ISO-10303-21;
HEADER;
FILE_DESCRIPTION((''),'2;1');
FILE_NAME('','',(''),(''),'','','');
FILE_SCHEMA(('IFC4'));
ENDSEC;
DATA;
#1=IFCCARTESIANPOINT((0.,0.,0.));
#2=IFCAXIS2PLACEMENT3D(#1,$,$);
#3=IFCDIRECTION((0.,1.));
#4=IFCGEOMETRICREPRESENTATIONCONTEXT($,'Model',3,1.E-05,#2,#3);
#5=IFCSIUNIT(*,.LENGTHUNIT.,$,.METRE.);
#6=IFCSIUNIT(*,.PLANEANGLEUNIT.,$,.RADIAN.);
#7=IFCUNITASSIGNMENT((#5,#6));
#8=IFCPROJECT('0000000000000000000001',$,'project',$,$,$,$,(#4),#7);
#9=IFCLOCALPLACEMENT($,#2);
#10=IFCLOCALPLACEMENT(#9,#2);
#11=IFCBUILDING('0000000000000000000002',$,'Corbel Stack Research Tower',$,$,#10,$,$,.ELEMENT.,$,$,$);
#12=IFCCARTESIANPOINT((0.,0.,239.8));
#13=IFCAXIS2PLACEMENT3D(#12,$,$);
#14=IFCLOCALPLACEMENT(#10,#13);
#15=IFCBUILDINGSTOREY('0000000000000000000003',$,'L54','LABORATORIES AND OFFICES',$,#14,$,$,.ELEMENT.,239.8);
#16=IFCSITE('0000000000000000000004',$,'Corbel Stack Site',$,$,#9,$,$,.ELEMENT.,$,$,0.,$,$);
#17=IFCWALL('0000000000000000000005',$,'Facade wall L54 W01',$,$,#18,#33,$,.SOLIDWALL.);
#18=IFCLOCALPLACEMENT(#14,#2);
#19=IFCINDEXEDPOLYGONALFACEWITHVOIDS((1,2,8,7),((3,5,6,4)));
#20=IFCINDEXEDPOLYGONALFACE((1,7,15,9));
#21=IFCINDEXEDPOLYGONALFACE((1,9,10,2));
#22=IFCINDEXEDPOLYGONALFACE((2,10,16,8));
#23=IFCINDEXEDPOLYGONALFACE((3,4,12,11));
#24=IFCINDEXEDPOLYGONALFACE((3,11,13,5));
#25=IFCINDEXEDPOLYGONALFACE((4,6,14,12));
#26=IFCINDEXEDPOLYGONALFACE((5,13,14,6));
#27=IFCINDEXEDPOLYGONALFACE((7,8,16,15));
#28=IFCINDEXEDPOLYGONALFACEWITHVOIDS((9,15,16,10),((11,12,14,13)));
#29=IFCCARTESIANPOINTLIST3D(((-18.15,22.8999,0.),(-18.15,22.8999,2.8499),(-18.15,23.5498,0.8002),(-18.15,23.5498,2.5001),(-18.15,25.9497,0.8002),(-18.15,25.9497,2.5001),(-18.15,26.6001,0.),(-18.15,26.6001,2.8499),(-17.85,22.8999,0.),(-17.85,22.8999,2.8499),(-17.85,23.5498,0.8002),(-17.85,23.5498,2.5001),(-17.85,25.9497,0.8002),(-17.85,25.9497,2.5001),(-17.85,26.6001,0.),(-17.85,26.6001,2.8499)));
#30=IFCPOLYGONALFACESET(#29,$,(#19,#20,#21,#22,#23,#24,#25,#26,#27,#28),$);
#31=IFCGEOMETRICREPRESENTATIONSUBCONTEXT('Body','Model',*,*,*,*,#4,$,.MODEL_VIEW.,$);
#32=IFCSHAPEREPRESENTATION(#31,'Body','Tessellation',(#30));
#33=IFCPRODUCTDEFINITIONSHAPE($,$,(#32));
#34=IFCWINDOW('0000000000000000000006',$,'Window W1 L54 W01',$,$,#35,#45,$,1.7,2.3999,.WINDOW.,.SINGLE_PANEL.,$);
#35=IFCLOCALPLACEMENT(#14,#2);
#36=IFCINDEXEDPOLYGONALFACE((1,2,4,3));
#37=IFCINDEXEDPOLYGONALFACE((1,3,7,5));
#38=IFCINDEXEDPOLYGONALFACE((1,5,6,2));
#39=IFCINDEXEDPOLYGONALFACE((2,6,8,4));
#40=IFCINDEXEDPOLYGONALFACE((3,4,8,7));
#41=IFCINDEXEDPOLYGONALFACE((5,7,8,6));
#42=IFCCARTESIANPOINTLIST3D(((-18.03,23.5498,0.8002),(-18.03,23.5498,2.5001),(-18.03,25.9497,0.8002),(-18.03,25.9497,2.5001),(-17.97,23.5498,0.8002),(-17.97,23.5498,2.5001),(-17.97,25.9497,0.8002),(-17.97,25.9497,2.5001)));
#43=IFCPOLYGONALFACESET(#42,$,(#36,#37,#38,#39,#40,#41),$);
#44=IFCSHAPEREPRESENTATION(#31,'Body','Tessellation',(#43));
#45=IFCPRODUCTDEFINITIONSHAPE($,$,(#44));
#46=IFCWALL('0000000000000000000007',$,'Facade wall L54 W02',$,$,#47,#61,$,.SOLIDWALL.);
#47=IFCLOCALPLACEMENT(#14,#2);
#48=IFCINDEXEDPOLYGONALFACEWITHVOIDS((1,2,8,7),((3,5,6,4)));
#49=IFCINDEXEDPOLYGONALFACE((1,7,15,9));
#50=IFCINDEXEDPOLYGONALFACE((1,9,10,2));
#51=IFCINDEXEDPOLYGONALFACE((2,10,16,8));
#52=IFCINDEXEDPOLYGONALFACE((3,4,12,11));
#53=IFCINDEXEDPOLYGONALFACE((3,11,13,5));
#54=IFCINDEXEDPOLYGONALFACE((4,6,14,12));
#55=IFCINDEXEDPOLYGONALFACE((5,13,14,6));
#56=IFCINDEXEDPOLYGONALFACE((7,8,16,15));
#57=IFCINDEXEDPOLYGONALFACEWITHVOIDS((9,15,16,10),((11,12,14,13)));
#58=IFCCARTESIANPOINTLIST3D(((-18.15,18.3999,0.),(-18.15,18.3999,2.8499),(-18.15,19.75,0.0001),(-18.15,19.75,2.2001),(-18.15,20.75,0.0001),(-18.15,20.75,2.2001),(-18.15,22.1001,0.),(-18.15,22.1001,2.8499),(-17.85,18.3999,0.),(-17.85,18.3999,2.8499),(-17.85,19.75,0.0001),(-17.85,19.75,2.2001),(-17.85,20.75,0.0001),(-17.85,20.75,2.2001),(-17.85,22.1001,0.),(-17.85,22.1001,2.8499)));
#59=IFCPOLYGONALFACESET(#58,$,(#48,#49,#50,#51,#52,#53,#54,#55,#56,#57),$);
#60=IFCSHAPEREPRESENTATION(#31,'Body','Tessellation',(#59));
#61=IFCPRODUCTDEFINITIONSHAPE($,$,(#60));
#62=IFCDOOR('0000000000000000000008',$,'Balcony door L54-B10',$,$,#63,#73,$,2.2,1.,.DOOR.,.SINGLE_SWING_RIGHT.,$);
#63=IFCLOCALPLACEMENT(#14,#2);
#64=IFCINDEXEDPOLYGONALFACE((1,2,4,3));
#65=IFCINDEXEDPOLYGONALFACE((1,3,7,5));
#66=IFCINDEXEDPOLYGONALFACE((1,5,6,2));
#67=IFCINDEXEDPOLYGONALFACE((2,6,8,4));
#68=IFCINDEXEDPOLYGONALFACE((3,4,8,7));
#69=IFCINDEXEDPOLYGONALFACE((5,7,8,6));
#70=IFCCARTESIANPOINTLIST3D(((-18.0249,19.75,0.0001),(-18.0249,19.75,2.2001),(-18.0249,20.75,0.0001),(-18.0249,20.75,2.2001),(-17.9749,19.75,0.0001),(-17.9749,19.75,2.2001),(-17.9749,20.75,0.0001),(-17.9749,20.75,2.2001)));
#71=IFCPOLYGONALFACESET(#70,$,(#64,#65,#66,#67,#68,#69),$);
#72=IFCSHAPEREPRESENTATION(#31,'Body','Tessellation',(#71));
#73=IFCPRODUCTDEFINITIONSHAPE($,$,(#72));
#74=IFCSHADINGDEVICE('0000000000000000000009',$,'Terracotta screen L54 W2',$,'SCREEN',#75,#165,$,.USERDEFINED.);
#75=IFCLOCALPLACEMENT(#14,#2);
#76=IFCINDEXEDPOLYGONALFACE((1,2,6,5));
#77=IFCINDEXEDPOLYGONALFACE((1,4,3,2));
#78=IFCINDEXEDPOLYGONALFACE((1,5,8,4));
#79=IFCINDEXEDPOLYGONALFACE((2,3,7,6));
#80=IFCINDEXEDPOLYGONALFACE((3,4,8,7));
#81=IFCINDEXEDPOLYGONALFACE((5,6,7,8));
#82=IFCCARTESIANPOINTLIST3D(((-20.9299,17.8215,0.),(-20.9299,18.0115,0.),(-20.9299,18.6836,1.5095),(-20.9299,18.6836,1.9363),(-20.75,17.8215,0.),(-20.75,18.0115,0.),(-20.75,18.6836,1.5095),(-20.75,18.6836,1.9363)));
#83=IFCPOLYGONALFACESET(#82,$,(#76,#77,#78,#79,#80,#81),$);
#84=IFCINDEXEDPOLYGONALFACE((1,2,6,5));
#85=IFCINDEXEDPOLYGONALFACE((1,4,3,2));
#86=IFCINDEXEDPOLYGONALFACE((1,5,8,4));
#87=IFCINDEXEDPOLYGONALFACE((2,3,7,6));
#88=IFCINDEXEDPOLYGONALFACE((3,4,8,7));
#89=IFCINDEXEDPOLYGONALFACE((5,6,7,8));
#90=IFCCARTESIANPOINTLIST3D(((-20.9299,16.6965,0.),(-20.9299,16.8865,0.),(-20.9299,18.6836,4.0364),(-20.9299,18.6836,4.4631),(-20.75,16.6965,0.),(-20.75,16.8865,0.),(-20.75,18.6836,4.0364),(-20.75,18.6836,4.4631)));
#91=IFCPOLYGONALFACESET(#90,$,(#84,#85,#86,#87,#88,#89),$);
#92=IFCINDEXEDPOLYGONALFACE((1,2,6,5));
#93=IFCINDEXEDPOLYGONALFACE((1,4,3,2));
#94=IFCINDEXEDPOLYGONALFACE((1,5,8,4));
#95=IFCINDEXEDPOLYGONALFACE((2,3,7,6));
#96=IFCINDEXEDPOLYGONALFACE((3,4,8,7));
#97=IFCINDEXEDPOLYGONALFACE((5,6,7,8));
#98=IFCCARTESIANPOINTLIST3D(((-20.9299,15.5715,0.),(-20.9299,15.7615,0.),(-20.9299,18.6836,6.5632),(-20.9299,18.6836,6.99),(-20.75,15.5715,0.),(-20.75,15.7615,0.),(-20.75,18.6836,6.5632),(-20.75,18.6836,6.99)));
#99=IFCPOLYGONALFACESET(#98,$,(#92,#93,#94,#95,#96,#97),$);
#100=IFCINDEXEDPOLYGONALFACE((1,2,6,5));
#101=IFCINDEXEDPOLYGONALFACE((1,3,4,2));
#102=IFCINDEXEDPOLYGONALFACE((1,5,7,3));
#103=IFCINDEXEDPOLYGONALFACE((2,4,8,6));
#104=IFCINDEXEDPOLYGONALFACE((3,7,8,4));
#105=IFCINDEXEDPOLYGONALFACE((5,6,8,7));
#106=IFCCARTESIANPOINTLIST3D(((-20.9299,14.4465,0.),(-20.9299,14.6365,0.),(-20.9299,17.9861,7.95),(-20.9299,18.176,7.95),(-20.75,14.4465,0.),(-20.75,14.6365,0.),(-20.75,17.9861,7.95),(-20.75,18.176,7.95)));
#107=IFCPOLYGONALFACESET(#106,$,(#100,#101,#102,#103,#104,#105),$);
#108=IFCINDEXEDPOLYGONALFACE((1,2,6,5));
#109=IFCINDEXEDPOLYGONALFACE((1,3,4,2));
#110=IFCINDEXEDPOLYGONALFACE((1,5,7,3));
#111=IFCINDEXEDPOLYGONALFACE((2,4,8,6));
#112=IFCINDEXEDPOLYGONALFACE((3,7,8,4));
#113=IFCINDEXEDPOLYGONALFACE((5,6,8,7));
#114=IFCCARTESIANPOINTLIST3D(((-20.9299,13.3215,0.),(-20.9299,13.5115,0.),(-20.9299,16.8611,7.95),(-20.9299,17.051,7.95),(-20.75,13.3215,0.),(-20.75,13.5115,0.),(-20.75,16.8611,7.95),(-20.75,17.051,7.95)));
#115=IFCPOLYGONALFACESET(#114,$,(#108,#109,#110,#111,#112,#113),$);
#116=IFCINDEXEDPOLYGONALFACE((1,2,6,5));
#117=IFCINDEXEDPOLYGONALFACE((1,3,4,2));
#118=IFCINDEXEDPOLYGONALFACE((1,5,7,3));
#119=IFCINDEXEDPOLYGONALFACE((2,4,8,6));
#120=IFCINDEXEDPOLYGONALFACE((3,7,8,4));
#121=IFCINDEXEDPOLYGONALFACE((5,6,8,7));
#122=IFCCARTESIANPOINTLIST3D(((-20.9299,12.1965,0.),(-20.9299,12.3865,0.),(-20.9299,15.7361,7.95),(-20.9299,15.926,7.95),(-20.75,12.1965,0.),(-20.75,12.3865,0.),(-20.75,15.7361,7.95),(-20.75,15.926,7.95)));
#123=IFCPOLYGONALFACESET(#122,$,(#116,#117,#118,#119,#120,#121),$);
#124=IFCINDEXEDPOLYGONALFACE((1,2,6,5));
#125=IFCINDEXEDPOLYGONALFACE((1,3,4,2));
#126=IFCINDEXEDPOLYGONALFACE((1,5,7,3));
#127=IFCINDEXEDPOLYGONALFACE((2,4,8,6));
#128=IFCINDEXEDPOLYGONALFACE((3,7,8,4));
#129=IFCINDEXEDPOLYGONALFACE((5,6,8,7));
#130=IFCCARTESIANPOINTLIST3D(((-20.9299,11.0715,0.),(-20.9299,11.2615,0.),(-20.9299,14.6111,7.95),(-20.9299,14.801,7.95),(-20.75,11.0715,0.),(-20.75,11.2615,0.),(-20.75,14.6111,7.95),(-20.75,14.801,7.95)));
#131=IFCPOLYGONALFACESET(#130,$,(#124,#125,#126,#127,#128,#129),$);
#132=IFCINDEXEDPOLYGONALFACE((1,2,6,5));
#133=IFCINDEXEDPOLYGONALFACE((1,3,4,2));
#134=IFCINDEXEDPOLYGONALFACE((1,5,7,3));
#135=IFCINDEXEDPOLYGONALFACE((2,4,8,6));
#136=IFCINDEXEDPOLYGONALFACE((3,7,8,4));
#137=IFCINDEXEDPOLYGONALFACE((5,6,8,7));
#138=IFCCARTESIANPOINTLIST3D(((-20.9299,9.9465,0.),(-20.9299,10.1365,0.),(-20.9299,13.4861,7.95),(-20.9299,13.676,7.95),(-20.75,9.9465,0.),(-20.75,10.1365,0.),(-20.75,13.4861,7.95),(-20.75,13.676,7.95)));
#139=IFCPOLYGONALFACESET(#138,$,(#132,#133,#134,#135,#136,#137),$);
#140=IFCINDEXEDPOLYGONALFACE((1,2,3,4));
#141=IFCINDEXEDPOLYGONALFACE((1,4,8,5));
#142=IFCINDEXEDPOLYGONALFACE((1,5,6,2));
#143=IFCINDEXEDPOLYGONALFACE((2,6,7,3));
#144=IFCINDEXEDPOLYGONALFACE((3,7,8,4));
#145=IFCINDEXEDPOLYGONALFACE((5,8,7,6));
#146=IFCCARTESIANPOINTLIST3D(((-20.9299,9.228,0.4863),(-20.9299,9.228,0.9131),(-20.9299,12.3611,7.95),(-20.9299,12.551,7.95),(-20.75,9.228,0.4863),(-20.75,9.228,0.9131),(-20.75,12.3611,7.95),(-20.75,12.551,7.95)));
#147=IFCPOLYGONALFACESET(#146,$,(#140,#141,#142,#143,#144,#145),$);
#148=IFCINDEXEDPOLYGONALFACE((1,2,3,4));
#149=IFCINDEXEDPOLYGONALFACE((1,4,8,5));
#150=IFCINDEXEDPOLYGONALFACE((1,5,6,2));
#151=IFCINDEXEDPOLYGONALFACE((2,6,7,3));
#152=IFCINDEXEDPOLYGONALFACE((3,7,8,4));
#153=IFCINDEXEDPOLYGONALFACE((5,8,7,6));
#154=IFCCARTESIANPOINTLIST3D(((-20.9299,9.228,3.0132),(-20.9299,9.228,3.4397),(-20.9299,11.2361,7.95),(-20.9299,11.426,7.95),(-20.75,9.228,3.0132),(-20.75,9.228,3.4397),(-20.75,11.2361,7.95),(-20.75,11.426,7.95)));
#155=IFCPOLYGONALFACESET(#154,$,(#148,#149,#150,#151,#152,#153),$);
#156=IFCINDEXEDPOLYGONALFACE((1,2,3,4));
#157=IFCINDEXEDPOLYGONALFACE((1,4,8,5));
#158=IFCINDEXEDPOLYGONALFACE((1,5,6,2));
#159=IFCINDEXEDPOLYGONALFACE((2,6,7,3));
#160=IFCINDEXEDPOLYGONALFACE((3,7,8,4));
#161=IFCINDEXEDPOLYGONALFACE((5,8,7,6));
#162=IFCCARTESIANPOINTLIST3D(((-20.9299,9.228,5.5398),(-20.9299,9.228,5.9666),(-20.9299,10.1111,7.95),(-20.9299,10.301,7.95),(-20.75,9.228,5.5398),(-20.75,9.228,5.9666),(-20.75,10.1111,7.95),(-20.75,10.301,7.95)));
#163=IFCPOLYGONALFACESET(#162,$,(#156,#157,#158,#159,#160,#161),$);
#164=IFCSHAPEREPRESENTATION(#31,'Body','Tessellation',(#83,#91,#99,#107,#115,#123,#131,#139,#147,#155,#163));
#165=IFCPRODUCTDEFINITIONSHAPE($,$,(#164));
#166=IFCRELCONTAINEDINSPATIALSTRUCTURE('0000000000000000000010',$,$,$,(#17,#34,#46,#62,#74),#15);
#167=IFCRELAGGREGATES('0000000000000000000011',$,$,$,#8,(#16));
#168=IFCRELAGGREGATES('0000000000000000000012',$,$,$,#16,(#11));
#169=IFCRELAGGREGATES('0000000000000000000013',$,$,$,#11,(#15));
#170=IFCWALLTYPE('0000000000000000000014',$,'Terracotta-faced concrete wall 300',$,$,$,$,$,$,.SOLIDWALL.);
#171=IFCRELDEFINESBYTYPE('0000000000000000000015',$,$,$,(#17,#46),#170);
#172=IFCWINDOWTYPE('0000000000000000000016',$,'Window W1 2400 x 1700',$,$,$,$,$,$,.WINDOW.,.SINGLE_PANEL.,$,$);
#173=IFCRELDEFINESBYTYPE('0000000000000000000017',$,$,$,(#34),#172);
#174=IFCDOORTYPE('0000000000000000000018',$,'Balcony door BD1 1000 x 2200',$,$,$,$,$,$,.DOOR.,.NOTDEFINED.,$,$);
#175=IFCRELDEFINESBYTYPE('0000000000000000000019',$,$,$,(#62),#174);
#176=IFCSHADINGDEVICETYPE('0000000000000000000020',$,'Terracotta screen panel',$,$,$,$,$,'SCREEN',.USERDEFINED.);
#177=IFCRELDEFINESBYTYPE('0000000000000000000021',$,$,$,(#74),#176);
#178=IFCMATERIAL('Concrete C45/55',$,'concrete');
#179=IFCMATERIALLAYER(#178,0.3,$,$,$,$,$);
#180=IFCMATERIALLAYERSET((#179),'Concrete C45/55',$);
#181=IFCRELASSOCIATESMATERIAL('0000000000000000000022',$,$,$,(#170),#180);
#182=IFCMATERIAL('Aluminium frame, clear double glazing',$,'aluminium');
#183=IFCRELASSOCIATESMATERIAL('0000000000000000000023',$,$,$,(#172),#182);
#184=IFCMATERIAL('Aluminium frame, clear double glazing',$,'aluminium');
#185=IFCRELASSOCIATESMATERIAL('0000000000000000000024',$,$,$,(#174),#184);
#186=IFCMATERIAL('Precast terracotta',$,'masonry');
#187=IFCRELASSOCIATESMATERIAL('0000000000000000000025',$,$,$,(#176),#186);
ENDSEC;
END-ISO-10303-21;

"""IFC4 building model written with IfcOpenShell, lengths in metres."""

from ifc_helpers import new_model, si_unit, direction, frame, frame_2d, origin, place, context, subcontext, project, spatial, polyline, rectangle, outline, extrude, source, transform, mapped, material, layer, layer_set, type_object, element, fill, save


model = new_model("IFC4")

# Units and contexts
model_context = context("Model", 3, precision=1e-05, world=origin(), true_north=direction((0.0, 1.0)))
body_context = subcontext(model_context, "Body", "Model", "MODEL_VIEW")
ifc_project = project(units=[si_unit("LENGTHUNIT", "METRE"), si_unit("PLANEANGLEUNIT", "RADIAN")], contexts=[model_context])

# Site, building, storey
site_placement = place(None, origin())
site = spatial("IfcSite", under=ifc_project, at=site_placement, Name="Corbel Stack Site", CompositionType="ELEMENT", RefElevation=0.0)
building_placement = place(site_placement, origin())
building = spatial("IfcBuilding", under=site, at=building_placement, Name="Corbel Stack Research Tower", CompositionType="ELEMENT")
storey_placement = place(building_placement, frame((0.0, 0.0, 239.8)))
storey = spatial("IfcBuildingStorey", under=building, at=storey_placement, Name="L54", Description="LABORATORIES AND OFFICES", CompositionType="ELEMENT", Elevation=239.8)

# Shared definitions
ifc_material_1 = material(Name="Concrete C45/55", Category="concrete")
ifc_layer_1 = layer(ifc_material_1, 0.3)
ifc_layer_set_1 = layer_set([ifc_layer_1], Name="Concrete C45/55")
wall_type_1 = type_object("IfcWallType", Name="Terracotta-faced concrete wall 300", PredefinedType="SOLIDWALL", material=ifc_layer_set_1)

# Wall, opening, window
wall_1_placement = place(storey_placement, frame((-18.0, 22.8999, 0.0), z_axis=(0.0, 0.0, 1.0), x_axis=(0.0, 1.0, 0.0)))
wall_1 = element("IfcWall", 1, at=wall_1_placement, inside=storey, type_object=wall_type_1, Name="Facade wall L54 W01", PredefinedType="SOLIDWALL", context=body_context, shape_type="SweptSolid", body=[
    extrude(rectangle(XDim=3.7002, YDim=0.3, at=frame_2d((1.8501, 0.0))), origin(), (0.0, 0.0, 1.0), 2.8499),
])
opening_1_placement = place(wall_1_placement, frame((0.6499, 0.0, 0.8)))
opening_1 = element("IfcOpeningElement", 2, at=opening_1_placement, cuts=wall_1, PredefinedType="OPENING", context=body_context, shape_type="SweptSolid", body=[
    extrude(rectangle(XDim=2.3999, YDim=1.7, at=frame_2d((1.2, 0.8501))), frame((0.0, 0.1599, 0.0), z_axis=(0.0, -1.0, 0.0), x_axis=(1.0, 0.0, 0.0)), (0.0, 0.0, 1.0), 0.3201),
])
ifc_material_2 = material(Name="Aluminium frame, clear double glazing", Category="aluminium")
window_type = type_object("IfcWindowType", Name="Window W1 2400 x 1700", PartitioningType="SINGLE_PANEL", PredefinedType="WINDOW", material=ifc_material_2)
window_placement = place(opening_1_placement, origin())
window = element("IfcWindow", 3, at=window_placement, inside=storey, type_object=window_type, Name="Window W1 L54 W01", OverallHeight=1.7, OverallWidth=2.3999, PartitioningType="SINGLE_PANEL", PredefinedType="WINDOW", context=body_context, shape_type="SweptSolid", body=[
    extrude(rectangle(XDim=2.3999, YDim=1.7, at=frame_2d((1.2, 0.8501))), frame((0.0, 0.03, 0.0), z_axis=(0.0, -1.0, 0.0), x_axis=(1.0, 0.0, 0.0)), (0.0, 0.0, 1.0), 0.0601),
])
fill(opening_1, window)

# Wall, opening, door
wall_2_placement = place(storey_placement, frame((-18.0, 18.3999, 0.0), z_axis=(0.0, 0.0, 1.0), x_axis=(0.0, 1.0, 0.0)))
wall_2 = element("IfcWall", 4, at=wall_2_placement, inside=storey, type_object=wall_type_1, Name="Facade wall L54 W02", PredefinedType="SOLIDWALL", context=body_context, shape_type="SweptSolid", body=[
    extrude(rectangle(XDim=3.7002, YDim=0.3, at=frame_2d((1.8501, 0.0))), origin(), (0.0, 0.0, 1.0), 2.8499),
])
opening_2_placement = place(wall_2_placement, frame((1.3501, 0.0, 0.0)))
opening_2 = element("IfcOpeningElement", 5, at=opening_2_placement, cuts=wall_2, PredefinedType="OPENING", context=body_context, shape_type="SweptSolid", body=[
    extrude(rectangle(XDim=1.0, YDim=2.2, at=frame_2d((0.5, 1.1001))), frame((0.0, 0.1599, 0.0), z_axis=(0.0, -1.0, 0.0), x_axis=(1.0, 0.0, 0.0)), (0.0, 0.0, 1.0), 0.3201),
])
ifc_material_3 = material(Name="Aluminium frame, clear double glazing", Category="aluminium")
door_type_1 = type_object("IfcDoorType", Name="Balcony door BD1 1000 x 2200", OperationType="NOTDEFINED", PredefinedType="DOOR", material=ifc_material_3)
door_1_placement = place(opening_2_placement, origin())
door_1 = element("IfcDoor", 6, at=door_1_placement, inside=storey, type_object=door_type_1, Name="Balcony door L54-B10", OperationType="SINGLE_SWING_RIGHT", OverallHeight=2.2, OverallWidth=1.0, PredefinedType="DOOR", context=body_context, shape_type="SweptSolid", body=[
    extrude(rectangle(XDim=1.0, YDim=2.2, at=frame_2d((0.5, 1.1001))), frame((0.0, 0.0249, 0.0), z_axis=(0.0, -1.0, 0.0), x_axis=(1.0, 0.0, 0.0)), (0.0, 0.0, 1.0), 0.05),
])
fill(opening_2, door_1)

# Shading device
ifc_material_4 = material(Name="Precast terracotta", Category="masonry")
shading_device_type = type_object("IfcShadingDeviceType", Name="Terracotta screen panel", ElementType="SCREEN", PredefinedType="USERDEFINED", material=ifc_material_4)
shared_shape_1 = source(origin(), body_context, "Body", "SweptSolid", [
    extrude(outline(polyline([(0.8621, 0.0), (0.0, 1.9363), (0.0, 1.5095), (0.6721, 0.0), (0.8621, 0.0)])), frame((0.0, 0.0, 0.0), z_axis=(0.0, -1.0, 0.0), x_axis=(1.0, 0.0, 0.0)), (0.0, 0.0, 1.0), 0.1799),
    extrude(outline(polyline([(1.9871, 0.0), (0.0, 4.4631), (0.0, 4.0364), (1.7971, 0.0), (1.9871, 0.0)])), frame((0.0, 0.0, 0.0), z_axis=(0.0, -1.0, 0.0), x_axis=(1.0, 0.0, 0.0)), (0.0, 0.0, 1.0), 0.1799),
    extrude(outline(polyline([(3.1121, 0.0), (0.0, 6.99), (0.0, 6.5632), (2.9221, 0.0), (3.1121, 0.0)])), frame((0.0, 0.0, 0.0), z_axis=(0.0, -1.0, 0.0), x_axis=(1.0, 0.0, 0.0)), (0.0, 0.0, 1.0), 0.1799),
    extrude(outline(polyline([(4.2371, 0.0), (0.6975, 7.95), (0.5076, 7.95), (4.0471, 0.0), (4.2371, 0.0)])), frame((0.0, 0.0, 0.0), z_axis=(0.0, -1.0, 0.0), x_axis=(1.0, 0.0, 0.0)), (0.0, 0.0, 1.0), 0.1799),
    extrude(outline(polyline([(5.3621, 0.0), (1.8225, 7.95), (1.6326, 7.95), (5.1721, 0.0), (5.3621, 0.0)])), frame((0.0, 0.0, 0.0), z_axis=(0.0, -1.0, 0.0), x_axis=(1.0, 0.0, 0.0)), (0.0, 0.0, 1.0), 0.1799),
    extrude(outline(polyline([(6.4871, 0.0), (2.9475, 7.95), (2.7576, 7.95), (6.2971, 0.0), (6.4871, 0.0)])), frame((0.0, 0.0, 0.0), z_axis=(0.0, -1.0, 0.0), x_axis=(1.0, 0.0, 0.0)), (0.0, 0.0, 1.0), 0.1799),
    extrude(outline(polyline([(7.6121, 0.0), (4.0725, 7.95), (3.8826, 7.95), (7.4221, 0.0), (7.6121, 0.0)])), frame((0.0, 0.0, 0.0), z_axis=(0.0, -1.0, 0.0), x_axis=(1.0, 0.0, 0.0)), (0.0, 0.0, 1.0), 0.1799),
    extrude(outline(polyline([(8.7371, 0.0), (5.1975, 7.95), (5.0076, 7.95), (8.5471, 0.0), (8.7371, 0.0)])), frame((0.0, 0.0, 0.0), z_axis=(0.0, -1.0, 0.0), x_axis=(1.0, 0.0, 0.0)), (0.0, 0.0, 1.0), 0.1799),
    extrude(outline(polyline([(6.3225, 7.95), (6.1326, 7.95), (9.4556, 0.4863), (9.4556, 0.9131), (6.3225, 7.95)])), frame((0.0, 0.0, 0.0), z_axis=(0.0, -1.0, 0.0), x_axis=(1.0, 0.0, 0.0)), (0.0, 0.0, 1.0), 0.1799),
    extrude(outline(polyline([(7.4475, 7.95), (7.2576, 7.95), (9.4556, 3.0132), (9.4556, 3.4397), (7.4475, 7.95)])), frame((0.0, 0.0, 0.0), z_axis=(0.0, -1.0, 0.0), x_axis=(1.0, 0.0, 0.0)), (0.0, 0.0, 1.0), 0.1799),
    extrude(outline(polyline([(8.5725, 7.95), (8.3826, 7.95), (9.4556, 5.5398), (9.4556, 5.9666), (8.5725, 7.95)])), frame((0.0, 0.0, 0.0), z_axis=(0.0, -1.0, 0.0), x_axis=(1.0, 0.0, 0.0)), (0.0, 0.0, 1.0), 0.1799),
])
shading_device_1_placement = place(storey_placement, frame((-20.75, 18.6836, 0.0), z_axis=(0.0, 0.0, 1.0), x_axis=(0.0, -1.0, 0.0)))
element("IfcShadingDevice", 7, at=shading_device_1_placement, inside=storey, type_object=shading_device_type, Name="Terracotta screen L54 W2", ObjectType="SCREEN", PredefinedType="USERDEFINED", context=body_context, shape_type="MappedRepresentation", body=[
    mapped(shared_shape_1, transform((0.0, 0.0, 0.0))),
])

save(model, "model.ifc")
